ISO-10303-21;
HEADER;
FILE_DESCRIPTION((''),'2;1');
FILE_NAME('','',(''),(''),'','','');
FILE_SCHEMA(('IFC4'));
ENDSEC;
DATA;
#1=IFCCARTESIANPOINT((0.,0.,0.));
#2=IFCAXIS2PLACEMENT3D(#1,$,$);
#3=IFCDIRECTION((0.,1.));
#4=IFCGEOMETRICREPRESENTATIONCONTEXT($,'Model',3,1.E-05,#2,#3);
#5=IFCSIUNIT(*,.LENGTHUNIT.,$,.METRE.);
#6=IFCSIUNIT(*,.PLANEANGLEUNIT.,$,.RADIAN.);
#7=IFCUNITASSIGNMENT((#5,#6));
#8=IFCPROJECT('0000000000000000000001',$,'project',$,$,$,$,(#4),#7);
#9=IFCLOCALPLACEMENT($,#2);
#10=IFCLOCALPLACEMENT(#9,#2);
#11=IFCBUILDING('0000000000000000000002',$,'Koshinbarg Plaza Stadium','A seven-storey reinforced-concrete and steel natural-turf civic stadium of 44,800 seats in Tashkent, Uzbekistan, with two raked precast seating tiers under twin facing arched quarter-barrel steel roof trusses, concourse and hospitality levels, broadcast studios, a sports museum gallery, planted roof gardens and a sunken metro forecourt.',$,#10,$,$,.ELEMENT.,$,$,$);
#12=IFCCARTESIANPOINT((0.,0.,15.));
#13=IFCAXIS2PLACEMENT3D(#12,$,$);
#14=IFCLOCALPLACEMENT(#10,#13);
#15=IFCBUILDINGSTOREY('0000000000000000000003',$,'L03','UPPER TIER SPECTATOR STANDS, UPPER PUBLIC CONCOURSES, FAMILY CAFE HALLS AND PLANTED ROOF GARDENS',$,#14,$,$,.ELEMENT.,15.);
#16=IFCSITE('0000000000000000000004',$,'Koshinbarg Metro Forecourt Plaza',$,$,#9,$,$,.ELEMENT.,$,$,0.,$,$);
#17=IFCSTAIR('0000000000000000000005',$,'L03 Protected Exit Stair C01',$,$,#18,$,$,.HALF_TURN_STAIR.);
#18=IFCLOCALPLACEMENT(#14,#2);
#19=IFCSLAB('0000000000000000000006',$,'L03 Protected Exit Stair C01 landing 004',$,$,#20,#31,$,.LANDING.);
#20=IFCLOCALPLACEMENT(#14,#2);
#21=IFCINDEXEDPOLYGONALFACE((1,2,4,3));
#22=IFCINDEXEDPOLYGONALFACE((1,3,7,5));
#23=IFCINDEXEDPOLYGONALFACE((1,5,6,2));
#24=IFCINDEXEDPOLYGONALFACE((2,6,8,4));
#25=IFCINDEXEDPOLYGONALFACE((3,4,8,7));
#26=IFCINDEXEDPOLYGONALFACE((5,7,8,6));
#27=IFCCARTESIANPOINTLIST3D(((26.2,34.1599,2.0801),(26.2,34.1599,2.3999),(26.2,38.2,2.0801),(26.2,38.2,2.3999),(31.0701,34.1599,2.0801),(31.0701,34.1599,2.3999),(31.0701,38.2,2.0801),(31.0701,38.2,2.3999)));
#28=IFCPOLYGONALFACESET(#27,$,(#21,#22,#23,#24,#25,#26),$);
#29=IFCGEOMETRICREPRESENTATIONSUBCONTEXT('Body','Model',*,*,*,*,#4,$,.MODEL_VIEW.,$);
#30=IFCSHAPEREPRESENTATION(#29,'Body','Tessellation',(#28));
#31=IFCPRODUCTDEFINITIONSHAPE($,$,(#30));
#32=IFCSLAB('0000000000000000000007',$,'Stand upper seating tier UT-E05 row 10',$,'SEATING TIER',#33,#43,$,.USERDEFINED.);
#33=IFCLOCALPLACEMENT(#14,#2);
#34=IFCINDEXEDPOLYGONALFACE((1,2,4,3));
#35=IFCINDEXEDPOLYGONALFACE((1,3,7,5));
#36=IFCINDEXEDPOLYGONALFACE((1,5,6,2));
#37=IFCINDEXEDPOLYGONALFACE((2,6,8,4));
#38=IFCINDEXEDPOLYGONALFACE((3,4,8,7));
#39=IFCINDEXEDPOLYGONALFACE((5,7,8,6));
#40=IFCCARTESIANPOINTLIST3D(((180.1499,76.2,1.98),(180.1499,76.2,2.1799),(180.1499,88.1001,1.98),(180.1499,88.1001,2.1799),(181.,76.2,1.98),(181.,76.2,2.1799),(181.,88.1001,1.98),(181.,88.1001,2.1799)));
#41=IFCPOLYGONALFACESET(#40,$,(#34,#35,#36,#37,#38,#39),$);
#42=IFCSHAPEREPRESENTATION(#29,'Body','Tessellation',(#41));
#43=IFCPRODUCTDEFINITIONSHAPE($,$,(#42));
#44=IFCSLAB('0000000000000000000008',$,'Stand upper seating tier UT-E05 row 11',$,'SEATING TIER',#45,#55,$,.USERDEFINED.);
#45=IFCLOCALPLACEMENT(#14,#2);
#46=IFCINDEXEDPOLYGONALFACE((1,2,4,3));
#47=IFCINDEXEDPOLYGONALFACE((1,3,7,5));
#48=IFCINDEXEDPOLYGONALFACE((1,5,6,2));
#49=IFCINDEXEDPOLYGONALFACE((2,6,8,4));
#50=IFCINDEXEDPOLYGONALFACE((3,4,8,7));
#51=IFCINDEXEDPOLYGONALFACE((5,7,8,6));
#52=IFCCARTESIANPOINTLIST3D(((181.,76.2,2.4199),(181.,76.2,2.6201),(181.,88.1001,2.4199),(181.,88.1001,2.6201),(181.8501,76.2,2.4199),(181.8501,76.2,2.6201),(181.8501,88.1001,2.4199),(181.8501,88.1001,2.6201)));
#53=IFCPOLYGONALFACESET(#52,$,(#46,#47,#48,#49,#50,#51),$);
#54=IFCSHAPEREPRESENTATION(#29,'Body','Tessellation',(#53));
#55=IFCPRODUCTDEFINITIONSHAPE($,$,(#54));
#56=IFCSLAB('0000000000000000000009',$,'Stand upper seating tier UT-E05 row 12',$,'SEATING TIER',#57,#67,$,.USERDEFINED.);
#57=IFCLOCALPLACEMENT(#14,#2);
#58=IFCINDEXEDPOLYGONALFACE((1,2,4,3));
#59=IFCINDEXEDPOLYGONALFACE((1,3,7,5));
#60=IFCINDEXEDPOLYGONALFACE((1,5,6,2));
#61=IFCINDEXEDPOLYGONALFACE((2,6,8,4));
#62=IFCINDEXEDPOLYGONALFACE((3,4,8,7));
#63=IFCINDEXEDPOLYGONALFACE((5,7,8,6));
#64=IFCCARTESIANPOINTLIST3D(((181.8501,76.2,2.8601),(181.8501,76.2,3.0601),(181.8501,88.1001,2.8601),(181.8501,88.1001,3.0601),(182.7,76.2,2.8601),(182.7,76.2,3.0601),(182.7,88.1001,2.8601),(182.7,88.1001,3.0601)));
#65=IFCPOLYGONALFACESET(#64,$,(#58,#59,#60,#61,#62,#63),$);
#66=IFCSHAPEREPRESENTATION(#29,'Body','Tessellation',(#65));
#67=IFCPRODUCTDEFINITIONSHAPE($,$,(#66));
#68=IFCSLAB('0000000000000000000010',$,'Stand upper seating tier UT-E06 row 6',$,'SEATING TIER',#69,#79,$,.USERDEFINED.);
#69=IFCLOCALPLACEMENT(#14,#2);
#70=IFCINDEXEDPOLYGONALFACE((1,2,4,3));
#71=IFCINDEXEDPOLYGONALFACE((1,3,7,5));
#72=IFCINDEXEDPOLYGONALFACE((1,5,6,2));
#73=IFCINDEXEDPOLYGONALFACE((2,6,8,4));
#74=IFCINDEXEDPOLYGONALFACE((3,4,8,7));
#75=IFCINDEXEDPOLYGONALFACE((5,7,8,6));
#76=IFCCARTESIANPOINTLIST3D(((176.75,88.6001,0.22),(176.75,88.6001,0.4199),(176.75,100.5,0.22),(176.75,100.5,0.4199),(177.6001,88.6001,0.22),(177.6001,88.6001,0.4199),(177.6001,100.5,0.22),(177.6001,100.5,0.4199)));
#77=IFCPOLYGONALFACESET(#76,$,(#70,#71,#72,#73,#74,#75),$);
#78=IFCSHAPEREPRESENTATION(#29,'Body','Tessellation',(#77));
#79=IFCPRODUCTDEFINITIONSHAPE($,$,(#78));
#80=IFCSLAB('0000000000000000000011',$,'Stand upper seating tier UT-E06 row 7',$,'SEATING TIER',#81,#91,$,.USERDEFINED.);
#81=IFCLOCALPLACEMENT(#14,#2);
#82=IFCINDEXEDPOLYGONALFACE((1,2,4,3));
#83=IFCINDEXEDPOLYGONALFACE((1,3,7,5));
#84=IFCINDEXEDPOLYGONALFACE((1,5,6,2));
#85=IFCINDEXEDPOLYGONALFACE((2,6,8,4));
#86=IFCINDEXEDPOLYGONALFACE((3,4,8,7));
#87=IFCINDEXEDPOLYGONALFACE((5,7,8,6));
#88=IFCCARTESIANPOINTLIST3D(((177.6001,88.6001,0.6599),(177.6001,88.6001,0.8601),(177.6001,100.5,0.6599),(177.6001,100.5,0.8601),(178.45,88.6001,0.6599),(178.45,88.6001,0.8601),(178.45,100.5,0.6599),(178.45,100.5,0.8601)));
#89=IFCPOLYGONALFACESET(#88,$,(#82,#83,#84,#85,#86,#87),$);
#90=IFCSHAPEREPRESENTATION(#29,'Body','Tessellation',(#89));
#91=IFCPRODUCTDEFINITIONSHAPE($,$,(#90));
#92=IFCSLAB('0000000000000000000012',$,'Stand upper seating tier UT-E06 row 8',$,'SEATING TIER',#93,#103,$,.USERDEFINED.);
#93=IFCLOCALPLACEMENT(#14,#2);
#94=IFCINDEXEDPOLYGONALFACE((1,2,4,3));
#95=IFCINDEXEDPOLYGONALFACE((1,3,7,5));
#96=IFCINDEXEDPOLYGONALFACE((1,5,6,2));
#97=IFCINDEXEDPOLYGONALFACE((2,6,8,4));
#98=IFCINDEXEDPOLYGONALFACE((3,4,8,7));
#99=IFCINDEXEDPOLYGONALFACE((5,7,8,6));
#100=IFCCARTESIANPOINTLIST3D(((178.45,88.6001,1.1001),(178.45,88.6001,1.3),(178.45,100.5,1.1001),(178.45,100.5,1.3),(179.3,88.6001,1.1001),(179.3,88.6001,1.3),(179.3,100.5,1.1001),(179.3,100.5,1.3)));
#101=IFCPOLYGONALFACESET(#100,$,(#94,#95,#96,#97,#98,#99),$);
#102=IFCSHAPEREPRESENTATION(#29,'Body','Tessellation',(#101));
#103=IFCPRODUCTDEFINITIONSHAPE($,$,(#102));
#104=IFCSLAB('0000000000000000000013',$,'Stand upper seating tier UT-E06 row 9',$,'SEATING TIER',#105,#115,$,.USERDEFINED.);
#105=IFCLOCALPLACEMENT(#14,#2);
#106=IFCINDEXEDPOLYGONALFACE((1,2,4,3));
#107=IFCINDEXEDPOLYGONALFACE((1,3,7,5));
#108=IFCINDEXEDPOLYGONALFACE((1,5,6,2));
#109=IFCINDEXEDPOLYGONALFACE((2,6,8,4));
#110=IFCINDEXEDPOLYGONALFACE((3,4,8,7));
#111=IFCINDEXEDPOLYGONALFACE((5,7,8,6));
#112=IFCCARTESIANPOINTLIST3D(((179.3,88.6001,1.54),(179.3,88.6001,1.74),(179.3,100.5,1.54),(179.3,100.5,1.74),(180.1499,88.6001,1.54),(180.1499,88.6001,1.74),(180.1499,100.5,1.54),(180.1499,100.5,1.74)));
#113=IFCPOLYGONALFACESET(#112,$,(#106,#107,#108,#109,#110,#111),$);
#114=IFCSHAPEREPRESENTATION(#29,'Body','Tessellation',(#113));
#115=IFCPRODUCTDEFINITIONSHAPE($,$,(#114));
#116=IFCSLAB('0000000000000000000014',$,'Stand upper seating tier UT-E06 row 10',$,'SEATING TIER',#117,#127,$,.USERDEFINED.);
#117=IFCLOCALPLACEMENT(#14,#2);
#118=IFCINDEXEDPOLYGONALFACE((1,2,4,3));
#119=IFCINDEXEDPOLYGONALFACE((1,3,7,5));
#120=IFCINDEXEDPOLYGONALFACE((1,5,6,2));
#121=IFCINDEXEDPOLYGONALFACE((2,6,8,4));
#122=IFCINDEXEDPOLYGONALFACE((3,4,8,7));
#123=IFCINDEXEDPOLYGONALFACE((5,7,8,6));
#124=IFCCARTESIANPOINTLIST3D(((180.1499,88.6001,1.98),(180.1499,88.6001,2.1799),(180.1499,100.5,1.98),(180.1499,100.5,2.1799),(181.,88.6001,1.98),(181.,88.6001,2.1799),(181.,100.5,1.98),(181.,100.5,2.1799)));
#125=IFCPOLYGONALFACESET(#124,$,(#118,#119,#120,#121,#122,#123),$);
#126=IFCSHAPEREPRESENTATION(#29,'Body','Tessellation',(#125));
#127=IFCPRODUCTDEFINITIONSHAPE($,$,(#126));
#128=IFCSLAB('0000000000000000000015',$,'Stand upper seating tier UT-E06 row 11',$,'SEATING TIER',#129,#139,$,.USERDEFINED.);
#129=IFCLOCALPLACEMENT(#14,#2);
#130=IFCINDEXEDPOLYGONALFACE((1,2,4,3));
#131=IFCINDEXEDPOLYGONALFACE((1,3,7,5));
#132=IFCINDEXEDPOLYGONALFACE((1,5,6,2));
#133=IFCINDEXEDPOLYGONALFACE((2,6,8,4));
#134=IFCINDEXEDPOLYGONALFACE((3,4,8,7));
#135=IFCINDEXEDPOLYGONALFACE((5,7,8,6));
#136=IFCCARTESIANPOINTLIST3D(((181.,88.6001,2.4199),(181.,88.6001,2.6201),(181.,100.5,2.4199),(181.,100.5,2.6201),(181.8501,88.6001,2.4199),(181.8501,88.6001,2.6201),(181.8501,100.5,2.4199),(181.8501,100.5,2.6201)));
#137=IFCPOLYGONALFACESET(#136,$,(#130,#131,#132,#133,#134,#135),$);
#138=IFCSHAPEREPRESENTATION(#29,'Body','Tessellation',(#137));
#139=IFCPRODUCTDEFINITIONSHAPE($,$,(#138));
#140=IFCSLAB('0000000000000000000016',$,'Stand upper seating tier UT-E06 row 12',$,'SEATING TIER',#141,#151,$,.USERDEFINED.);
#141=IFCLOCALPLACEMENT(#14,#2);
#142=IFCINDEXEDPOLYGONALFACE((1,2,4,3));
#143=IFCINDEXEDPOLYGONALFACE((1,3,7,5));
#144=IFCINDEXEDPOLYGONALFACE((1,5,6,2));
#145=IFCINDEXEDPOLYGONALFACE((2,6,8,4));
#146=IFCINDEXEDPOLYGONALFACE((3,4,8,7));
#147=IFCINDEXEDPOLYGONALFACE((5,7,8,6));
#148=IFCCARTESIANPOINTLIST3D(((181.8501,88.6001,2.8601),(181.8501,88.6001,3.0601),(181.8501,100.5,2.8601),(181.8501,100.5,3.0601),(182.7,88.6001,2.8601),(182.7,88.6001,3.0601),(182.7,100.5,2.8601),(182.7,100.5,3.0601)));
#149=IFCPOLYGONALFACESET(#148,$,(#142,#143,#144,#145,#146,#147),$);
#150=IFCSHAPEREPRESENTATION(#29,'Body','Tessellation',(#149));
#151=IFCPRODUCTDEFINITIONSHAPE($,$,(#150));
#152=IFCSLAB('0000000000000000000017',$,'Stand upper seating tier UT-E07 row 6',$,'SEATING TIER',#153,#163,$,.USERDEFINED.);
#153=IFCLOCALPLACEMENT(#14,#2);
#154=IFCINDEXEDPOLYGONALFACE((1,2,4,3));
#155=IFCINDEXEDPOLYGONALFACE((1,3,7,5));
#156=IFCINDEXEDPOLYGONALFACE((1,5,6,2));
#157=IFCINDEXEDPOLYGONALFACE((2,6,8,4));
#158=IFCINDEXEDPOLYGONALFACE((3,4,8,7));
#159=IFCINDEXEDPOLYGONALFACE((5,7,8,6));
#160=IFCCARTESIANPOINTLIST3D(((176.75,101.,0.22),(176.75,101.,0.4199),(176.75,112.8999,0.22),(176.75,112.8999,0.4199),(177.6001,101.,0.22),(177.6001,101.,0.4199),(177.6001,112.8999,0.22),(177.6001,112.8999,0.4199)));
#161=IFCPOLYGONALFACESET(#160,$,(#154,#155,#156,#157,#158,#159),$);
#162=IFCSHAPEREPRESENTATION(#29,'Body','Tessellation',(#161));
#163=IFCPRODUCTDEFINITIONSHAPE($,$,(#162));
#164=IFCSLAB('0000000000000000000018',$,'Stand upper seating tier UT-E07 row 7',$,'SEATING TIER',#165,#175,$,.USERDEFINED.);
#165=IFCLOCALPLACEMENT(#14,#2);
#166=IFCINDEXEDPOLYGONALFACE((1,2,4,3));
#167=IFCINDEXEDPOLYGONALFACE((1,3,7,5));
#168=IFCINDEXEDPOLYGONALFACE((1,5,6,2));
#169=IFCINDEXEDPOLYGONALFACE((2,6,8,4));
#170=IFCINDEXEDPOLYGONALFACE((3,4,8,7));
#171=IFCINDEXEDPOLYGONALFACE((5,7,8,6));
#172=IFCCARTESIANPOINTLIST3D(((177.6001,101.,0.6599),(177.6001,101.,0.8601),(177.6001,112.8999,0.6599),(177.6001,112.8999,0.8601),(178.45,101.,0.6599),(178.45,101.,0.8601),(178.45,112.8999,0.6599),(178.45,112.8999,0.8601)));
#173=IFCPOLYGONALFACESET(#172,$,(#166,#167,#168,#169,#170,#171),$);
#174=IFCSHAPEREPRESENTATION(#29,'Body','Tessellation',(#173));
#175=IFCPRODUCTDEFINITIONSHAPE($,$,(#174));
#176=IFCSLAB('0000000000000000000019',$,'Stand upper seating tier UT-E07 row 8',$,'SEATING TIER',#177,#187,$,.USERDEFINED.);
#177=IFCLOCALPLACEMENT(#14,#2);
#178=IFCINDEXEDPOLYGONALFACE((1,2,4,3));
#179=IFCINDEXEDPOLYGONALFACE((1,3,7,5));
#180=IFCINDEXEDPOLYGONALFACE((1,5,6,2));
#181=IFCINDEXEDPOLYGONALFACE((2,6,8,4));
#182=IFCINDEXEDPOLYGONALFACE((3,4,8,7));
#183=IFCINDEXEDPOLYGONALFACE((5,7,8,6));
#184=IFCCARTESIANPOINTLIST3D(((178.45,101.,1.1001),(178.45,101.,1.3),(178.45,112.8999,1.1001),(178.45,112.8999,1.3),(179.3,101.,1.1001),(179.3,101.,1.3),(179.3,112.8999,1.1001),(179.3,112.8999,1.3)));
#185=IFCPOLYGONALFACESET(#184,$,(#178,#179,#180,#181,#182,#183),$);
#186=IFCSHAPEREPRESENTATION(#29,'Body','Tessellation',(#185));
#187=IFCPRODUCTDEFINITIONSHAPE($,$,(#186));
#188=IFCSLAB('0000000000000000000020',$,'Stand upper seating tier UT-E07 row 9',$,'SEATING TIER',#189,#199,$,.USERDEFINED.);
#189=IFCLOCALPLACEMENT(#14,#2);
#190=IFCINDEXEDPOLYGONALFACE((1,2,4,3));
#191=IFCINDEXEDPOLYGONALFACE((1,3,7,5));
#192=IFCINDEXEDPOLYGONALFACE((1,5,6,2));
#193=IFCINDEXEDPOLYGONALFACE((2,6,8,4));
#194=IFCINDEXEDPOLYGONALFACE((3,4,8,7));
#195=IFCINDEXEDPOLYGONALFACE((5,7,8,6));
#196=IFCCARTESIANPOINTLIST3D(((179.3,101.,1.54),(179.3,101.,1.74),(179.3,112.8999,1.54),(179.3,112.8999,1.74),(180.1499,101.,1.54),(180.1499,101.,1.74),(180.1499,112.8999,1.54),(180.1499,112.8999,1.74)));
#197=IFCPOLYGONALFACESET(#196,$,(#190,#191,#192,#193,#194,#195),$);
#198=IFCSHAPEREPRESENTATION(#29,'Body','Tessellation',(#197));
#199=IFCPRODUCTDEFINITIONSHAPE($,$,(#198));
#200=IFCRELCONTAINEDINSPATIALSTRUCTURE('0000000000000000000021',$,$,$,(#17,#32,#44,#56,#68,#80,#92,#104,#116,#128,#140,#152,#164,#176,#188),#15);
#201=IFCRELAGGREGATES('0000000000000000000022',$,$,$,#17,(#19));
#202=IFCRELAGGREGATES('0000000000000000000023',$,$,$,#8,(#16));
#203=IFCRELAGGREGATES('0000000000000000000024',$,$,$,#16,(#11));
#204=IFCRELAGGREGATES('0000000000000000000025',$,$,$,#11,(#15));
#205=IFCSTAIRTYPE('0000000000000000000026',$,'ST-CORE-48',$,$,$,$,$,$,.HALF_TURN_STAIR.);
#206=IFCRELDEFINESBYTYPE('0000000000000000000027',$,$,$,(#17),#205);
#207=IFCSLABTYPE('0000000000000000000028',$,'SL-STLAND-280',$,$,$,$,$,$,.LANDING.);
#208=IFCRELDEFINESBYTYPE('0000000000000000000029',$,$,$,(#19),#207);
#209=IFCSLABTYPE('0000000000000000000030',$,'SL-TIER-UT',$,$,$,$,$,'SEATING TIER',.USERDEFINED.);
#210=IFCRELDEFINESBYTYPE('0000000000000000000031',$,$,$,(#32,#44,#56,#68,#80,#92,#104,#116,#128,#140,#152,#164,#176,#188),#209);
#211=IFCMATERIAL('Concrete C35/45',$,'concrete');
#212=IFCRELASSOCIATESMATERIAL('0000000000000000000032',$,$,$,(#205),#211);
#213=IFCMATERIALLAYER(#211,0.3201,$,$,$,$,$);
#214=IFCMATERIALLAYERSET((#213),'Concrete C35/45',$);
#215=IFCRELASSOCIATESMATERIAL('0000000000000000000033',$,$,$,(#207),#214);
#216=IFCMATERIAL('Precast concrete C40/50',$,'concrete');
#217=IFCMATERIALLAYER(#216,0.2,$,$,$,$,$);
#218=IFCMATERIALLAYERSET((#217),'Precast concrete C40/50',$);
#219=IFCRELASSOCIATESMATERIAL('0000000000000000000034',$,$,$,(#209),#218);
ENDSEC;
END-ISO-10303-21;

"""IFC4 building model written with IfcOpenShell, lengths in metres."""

from ifc_helpers import new_model, si_unit, direction, frame, origin, place, context, subcontext, project, spatial, polyline, outline, extrude, material, layer, layer_set, type_object, element, aggregate, save


model = new_model("IFC4")

# Units and contexts
model_context = context("Model", 3, precision=1e-05, world=origin(), true_north=direction((0.0, 1.0)))
body_context = subcontext(model_context, "Body", "Model", "MODEL_VIEW")
ifc_project = project(units=[si_unit("LENGTHUNIT", "METRE"), si_unit("PLANEANGLEUNIT", "RADIAN")], contexts=[model_context])

# Site, building, storey
site_placement = place(None, origin())
site = spatial("IfcSite", under=ifc_project, at=site_placement, Name="Koshinbarg Metro Forecourt Plaza", CompositionType="ELEMENT", RefElevation=0.0)
building_placement = place(site_placement, origin())
building = spatial("IfcBuilding", under=site, at=building_placement, Name="Koshinbarg Plaza Stadium", Description="A seven-storey reinforced-concrete and steel natural-turf civic stadium of 44,800 seats in Tashkent, Uzbekistan, with two raked precast seating tiers under twin facing arched quarter-barrel steel roof trusses, concourse and hospitality levels, broadcast studios, a sports museum gallery, planted roof gardens and a sunken metro forecourt.", CompositionType="ELEMENT")
storey_placement = place(building_placement, frame((0.0, 0.0, 15.0)))
storey = spatial("IfcBuildingStorey", under=building, at=storey_placement, Name="L03", Description="UPPER TIER SPECTATOR STANDS, UPPER PUBLIC CONCOURSES, FAMILY CAFE HALLS AND PLANTED ROOF GARDENS", CompositionType="ELEMENT", Elevation=15.0)

# Stair, slab
ifc_material_1 = material(Name="Concrete C35/45", Category="concrete")
stair_type = type_object("IfcStairType", Name="ST-CORE-48", PredefinedType="HALF_TURN_STAIR", material=ifc_material_1)
stair_placement = place(storey_placement, origin())
stair = element("IfcStair", 1, at=stair_placement, inside=storey, type_object=stair_type, Name="L03 Protected Exit Stair C01", PredefinedType="HALF_TURN_STAIR")
ifc_layer_1 = layer(ifc_material_1, 0.3201)
ifc_layer_set_1 = layer_set([ifc_layer_1], Name="Concrete C35/45")
slab_type_1 = type_object("IfcSlabType", Name="SL-STLAND-280", PredefinedType="LANDING", material=ifc_layer_set_1)
slab_1_placement = place(storey_placement, frame((0.0, 0.0, 2.0801)))
slab_1 = element("IfcSlab", 2, at=slab_1_placement, type_object=slab_type_1, Name="L03 Protected Exit Stair C01 landing 004", PredefinedType="LANDING", context=body_context, shape_type="SweptSolid", body=[
    extrude(outline(polyline([(31.0701, 34.1599), (31.0701, 38.2), (26.2, 38.2), (26.2, 34.1599), (31.0701, 34.1599)])), origin(), (0.0, 0.0, 1.0), 0.3198),
])
aggregate(stair, [slab_1])

# Slabs
ifc_material_2 = material(Name="Precast concrete C40/50", Category="concrete")
ifc_layer_2 = layer(ifc_material_2, 0.2)
ifc_layer_set_2 = layer_set([ifc_layer_2], Name="Precast concrete C40/50")
slab_type_2 = type_object("IfcSlabType", Name="SL-TIER-UT", ElementType="SEATING TIER", PredefinedType="USERDEFINED", material=ifc_layer_set_2)
slab_2_placement = place(storey_placement, frame((0.0, 0.0, 1.98)))
element("IfcSlab", 3, at=slab_2_placement, inside=storey, type_object=slab_type_2, Name="Stand upper seating tier UT-E05 row 10", ObjectType="SEATING TIER", PredefinedType="USERDEFINED", context=body_context, shape_type="SweptSolid", body=[
    extrude(outline(polyline([(180.1499, 76.2), (181.0, 76.2), (181.0, 88.1001), (180.1499, 88.1001), (180.1499, 76.2)])), origin(), (0.0, 0.0, 1.0), 0.2),
])
slab_3_placement = place(storey_placement, frame((0.0, 0.0, 2.4199)))
element("IfcSlab", 4, at=slab_3_placement, inside=storey, type_object=slab_type_2, Name="Stand upper seating tier UT-E05 row 11", ObjectType="SEATING TIER", PredefinedType="USERDEFINED", context=body_context, shape_type="SweptSolid", body=[
    extrude(outline(polyline([(181.0, 76.2), (181.8501, 76.2), (181.8501, 88.1001), (181.0, 88.1001), (181.0, 76.2)])), origin(), (0.0, 0.0, 1.0), 0.2002),
])
slab_4_placement = place(storey_placement, frame((0.0, 0.0, 2.8601)))
element("IfcSlab", 5, at=slab_4_placement, inside=storey, type_object=slab_type_2, Name="Stand upper seating tier UT-E05 row 12", ObjectType="SEATING TIER", PredefinedType="USERDEFINED", context=body_context, shape_type="SweptSolid", body=[
    extrude(outline(polyline([(181.8501, 76.2), (182.7, 76.2), (182.7, 88.1001), (181.8501, 88.1001), (181.8501, 76.2)])), origin(), (0.0, 0.0, 1.0), 0.2),
])
slab_5_placement = place(storey_placement, frame((0.0, 0.0, 0.22)))
element("IfcSlab", 6, at=slab_5_placement, inside=storey, type_object=slab_type_2, Name="Stand upper seating tier UT-E06 row 6", ObjectType="SEATING TIER", PredefinedType="USERDEFINED", context=body_context, shape_type="SweptSolid", body=[
    extrude(outline(polyline([(176.75, 88.6001), (177.6001, 88.6001), (177.6001, 100.5), (176.75, 100.5), (176.75, 88.6001)])), origin(), (0.0, 0.0, 1.0), 0.2),
])
slab_6_placement = place(storey_placement, frame((0.0, 0.0, 0.6599)))
element("IfcSlab", 7, at=slab_6_placement, inside=storey, type_object=slab_type_2, Name="Stand upper seating tier UT-E06 row 7", ObjectType="SEATING TIER", PredefinedType="USERDEFINED", context=body_context, shape_type="SweptSolid", body=[
    extrude(outline(polyline([(177.6001, 88.6001), (178.45, 88.6001), (178.45, 100.5), (177.6001, 100.5), (177.6001, 88.6001)])), origin(), (0.0, 0.0, 1.0), 0.2002),
])
slab_7_placement = place(storey_placement, frame((0.0, 0.0, 1.1001)))
element("IfcSlab", 8, at=slab_7_placement, inside=storey, type_object=slab_type_2, Name="Stand upper seating tier UT-E06 row 8", ObjectType="SEATING TIER", PredefinedType="USERDEFINED", context=body_context, shape_type="SweptSolid", body=[
    extrude(outline(polyline([(178.45, 88.6001), (179.3, 88.6001), (179.3, 100.5), (178.45, 100.5), (178.45, 88.6001)])), origin(), (0.0, 0.0, 1.0), 0.2),
])
slab_8_placement = place(storey_placement, frame((0.0, 0.0, 1.54)))
element("IfcSlab", 9, at=slab_8_placement, inside=storey, type_object=slab_type_2, Name="Stand upper seating tier UT-E06 row 9", ObjectType="SEATING TIER", PredefinedType="USERDEFINED", context=body_context, shape_type="SweptSolid", body=[
    extrude(outline(polyline([(179.3, 88.6001), (180.1499, 88.6001), (180.1499, 100.5), (179.3, 100.5), (179.3, 88.6001)])), origin(), (0.0, 0.0, 1.0), 0.2),
])
slab_9_placement = place(storey_placement, frame((0.0, 0.0, 1.98)))
element("IfcSlab", 10, at=slab_9_placement, inside=storey, type_object=slab_type_2, Name="Stand upper seating tier UT-E06 row 10", ObjectType="SEATING TIER", PredefinedType="USERDEFINED", context=body_context, shape_type="SweptSolid", body=[
    extrude(outline(polyline([(180.1499, 88.6001), (181.0, 88.6001), (181.0, 100.5), (180.1499, 100.5), (180.1499, 88.6001)])), origin(), (0.0, 0.0, 1.0), 0.2),
])
slab_10_placement = place(storey_placement, frame((0.0, 0.0, 2.4199)))
element("IfcSlab", 11, at=slab_10_placement, inside=storey, type_object=slab_type_2, Name="Stand upper seating tier UT-E06 row 11", ObjectType="SEATING TIER", PredefinedType="USERDEFINED", context=body_context, shape_type="SweptSolid", body=[
    extrude(outline(polyline([(181.0, 88.6001), (181.8501, 88.6001), (181.8501, 100.5), (181.0, 100.5), (181.0, 88.6001)])), origin(), (0.0, 0.0, 1.0), 0.2002),
])
slab_11_placement = place(storey_placement, frame((0.0, 0.0, 2.8601)))
element("IfcSlab", 12, at=slab_11_placement, inside=storey, type_object=slab_type_2, Name="Stand upper seating tier UT-E06 row 12", ObjectType="SEATING TIER", PredefinedType="USERDEFINED", context=body_context, shape_type="SweptSolid", body=[
    extrude(outline(polyline([(181.8501, 88.6001), (182.7, 88.6001), (182.7, 100.5), (181.8501, 100.5), (181.8501, 88.6001)])), origin(), (0.0, 0.0, 1.0), 0.2),
])
slab_12_placement = place(storey_placement, frame((0.0, 0.0, 0.22)))
element("IfcSlab", 13, at=slab_12_placement, inside=storey, type_object=slab_type_2, Name="Stand upper seating tier UT-E07 row 6", ObjectType="SEATING TIER", PredefinedType="USERDEFINED", context=body_context, shape_type="SweptSolid", body=[
    extrude(outline(polyline([(176.75, 101.0), (177.6001, 101.0), (177.6001, 112.8999), (176.75, 112.8999), (176.75, 101.0)])), origin(), (0.0, 0.0, 1.0), 0.2),
])
slab_13_placement = place(storey_placement, frame((0.0, 0.0, 0.6599)))
element("IfcSlab", 14, at=slab_13_placement, inside=storey, type_object=slab_type_2, Name="Stand upper seating tier UT-E07 row 7", ObjectType="SEATING TIER", PredefinedType="USERDEFINED", context=body_context, shape_type="SweptSolid", body=[
    extrude(outline(polyline([(177.6001, 101.0), (178.45, 101.0), (178.45, 112.8999), (177.6001, 112.8999), (177.6001, 101.0)])), origin(), (0.0, 0.0, 1.0), 0.2002),
])
slab_14_placement = place(storey_placement, frame((0.0, 0.0, 1.1001)))
element("IfcSlab", 15, at=slab_14_placement, inside=storey, type_object=slab_type_2, Name="Stand upper seating tier UT-E07 row 8", ObjectType="SEATING TIER", PredefinedType="USERDEFINED", context=body_context, shape_type="SweptSolid", body=[
    extrude(outline(polyline([(178.45, 101.0), (179.3, 101.0), (179.3, 112.8999), (178.45, 112.8999), (178.45, 101.0)])), origin(), (0.0, 0.0, 1.0), 0.2),
])
slab_15_placement = place(storey_placement, frame((0.0, 0.0, 1.54)))
element("IfcSlab", 16, at=slab_15_placement, inside=storey, type_object=slab_type_2, Name="Stand upper seating tier UT-E07 row 9", ObjectType="SEATING TIER", PredefinedType="USERDEFINED", context=body_context, shape_type="SweptSolid", body=[
    extrude(outline(polyline([(179.3, 101.0), (180.1499, 101.0), (180.1499, 112.8999), (179.3, 112.8999), (179.3, 101.0)])), origin(), (0.0, 0.0, 1.0), 0.2),
])

save(model, "model.ifc")
